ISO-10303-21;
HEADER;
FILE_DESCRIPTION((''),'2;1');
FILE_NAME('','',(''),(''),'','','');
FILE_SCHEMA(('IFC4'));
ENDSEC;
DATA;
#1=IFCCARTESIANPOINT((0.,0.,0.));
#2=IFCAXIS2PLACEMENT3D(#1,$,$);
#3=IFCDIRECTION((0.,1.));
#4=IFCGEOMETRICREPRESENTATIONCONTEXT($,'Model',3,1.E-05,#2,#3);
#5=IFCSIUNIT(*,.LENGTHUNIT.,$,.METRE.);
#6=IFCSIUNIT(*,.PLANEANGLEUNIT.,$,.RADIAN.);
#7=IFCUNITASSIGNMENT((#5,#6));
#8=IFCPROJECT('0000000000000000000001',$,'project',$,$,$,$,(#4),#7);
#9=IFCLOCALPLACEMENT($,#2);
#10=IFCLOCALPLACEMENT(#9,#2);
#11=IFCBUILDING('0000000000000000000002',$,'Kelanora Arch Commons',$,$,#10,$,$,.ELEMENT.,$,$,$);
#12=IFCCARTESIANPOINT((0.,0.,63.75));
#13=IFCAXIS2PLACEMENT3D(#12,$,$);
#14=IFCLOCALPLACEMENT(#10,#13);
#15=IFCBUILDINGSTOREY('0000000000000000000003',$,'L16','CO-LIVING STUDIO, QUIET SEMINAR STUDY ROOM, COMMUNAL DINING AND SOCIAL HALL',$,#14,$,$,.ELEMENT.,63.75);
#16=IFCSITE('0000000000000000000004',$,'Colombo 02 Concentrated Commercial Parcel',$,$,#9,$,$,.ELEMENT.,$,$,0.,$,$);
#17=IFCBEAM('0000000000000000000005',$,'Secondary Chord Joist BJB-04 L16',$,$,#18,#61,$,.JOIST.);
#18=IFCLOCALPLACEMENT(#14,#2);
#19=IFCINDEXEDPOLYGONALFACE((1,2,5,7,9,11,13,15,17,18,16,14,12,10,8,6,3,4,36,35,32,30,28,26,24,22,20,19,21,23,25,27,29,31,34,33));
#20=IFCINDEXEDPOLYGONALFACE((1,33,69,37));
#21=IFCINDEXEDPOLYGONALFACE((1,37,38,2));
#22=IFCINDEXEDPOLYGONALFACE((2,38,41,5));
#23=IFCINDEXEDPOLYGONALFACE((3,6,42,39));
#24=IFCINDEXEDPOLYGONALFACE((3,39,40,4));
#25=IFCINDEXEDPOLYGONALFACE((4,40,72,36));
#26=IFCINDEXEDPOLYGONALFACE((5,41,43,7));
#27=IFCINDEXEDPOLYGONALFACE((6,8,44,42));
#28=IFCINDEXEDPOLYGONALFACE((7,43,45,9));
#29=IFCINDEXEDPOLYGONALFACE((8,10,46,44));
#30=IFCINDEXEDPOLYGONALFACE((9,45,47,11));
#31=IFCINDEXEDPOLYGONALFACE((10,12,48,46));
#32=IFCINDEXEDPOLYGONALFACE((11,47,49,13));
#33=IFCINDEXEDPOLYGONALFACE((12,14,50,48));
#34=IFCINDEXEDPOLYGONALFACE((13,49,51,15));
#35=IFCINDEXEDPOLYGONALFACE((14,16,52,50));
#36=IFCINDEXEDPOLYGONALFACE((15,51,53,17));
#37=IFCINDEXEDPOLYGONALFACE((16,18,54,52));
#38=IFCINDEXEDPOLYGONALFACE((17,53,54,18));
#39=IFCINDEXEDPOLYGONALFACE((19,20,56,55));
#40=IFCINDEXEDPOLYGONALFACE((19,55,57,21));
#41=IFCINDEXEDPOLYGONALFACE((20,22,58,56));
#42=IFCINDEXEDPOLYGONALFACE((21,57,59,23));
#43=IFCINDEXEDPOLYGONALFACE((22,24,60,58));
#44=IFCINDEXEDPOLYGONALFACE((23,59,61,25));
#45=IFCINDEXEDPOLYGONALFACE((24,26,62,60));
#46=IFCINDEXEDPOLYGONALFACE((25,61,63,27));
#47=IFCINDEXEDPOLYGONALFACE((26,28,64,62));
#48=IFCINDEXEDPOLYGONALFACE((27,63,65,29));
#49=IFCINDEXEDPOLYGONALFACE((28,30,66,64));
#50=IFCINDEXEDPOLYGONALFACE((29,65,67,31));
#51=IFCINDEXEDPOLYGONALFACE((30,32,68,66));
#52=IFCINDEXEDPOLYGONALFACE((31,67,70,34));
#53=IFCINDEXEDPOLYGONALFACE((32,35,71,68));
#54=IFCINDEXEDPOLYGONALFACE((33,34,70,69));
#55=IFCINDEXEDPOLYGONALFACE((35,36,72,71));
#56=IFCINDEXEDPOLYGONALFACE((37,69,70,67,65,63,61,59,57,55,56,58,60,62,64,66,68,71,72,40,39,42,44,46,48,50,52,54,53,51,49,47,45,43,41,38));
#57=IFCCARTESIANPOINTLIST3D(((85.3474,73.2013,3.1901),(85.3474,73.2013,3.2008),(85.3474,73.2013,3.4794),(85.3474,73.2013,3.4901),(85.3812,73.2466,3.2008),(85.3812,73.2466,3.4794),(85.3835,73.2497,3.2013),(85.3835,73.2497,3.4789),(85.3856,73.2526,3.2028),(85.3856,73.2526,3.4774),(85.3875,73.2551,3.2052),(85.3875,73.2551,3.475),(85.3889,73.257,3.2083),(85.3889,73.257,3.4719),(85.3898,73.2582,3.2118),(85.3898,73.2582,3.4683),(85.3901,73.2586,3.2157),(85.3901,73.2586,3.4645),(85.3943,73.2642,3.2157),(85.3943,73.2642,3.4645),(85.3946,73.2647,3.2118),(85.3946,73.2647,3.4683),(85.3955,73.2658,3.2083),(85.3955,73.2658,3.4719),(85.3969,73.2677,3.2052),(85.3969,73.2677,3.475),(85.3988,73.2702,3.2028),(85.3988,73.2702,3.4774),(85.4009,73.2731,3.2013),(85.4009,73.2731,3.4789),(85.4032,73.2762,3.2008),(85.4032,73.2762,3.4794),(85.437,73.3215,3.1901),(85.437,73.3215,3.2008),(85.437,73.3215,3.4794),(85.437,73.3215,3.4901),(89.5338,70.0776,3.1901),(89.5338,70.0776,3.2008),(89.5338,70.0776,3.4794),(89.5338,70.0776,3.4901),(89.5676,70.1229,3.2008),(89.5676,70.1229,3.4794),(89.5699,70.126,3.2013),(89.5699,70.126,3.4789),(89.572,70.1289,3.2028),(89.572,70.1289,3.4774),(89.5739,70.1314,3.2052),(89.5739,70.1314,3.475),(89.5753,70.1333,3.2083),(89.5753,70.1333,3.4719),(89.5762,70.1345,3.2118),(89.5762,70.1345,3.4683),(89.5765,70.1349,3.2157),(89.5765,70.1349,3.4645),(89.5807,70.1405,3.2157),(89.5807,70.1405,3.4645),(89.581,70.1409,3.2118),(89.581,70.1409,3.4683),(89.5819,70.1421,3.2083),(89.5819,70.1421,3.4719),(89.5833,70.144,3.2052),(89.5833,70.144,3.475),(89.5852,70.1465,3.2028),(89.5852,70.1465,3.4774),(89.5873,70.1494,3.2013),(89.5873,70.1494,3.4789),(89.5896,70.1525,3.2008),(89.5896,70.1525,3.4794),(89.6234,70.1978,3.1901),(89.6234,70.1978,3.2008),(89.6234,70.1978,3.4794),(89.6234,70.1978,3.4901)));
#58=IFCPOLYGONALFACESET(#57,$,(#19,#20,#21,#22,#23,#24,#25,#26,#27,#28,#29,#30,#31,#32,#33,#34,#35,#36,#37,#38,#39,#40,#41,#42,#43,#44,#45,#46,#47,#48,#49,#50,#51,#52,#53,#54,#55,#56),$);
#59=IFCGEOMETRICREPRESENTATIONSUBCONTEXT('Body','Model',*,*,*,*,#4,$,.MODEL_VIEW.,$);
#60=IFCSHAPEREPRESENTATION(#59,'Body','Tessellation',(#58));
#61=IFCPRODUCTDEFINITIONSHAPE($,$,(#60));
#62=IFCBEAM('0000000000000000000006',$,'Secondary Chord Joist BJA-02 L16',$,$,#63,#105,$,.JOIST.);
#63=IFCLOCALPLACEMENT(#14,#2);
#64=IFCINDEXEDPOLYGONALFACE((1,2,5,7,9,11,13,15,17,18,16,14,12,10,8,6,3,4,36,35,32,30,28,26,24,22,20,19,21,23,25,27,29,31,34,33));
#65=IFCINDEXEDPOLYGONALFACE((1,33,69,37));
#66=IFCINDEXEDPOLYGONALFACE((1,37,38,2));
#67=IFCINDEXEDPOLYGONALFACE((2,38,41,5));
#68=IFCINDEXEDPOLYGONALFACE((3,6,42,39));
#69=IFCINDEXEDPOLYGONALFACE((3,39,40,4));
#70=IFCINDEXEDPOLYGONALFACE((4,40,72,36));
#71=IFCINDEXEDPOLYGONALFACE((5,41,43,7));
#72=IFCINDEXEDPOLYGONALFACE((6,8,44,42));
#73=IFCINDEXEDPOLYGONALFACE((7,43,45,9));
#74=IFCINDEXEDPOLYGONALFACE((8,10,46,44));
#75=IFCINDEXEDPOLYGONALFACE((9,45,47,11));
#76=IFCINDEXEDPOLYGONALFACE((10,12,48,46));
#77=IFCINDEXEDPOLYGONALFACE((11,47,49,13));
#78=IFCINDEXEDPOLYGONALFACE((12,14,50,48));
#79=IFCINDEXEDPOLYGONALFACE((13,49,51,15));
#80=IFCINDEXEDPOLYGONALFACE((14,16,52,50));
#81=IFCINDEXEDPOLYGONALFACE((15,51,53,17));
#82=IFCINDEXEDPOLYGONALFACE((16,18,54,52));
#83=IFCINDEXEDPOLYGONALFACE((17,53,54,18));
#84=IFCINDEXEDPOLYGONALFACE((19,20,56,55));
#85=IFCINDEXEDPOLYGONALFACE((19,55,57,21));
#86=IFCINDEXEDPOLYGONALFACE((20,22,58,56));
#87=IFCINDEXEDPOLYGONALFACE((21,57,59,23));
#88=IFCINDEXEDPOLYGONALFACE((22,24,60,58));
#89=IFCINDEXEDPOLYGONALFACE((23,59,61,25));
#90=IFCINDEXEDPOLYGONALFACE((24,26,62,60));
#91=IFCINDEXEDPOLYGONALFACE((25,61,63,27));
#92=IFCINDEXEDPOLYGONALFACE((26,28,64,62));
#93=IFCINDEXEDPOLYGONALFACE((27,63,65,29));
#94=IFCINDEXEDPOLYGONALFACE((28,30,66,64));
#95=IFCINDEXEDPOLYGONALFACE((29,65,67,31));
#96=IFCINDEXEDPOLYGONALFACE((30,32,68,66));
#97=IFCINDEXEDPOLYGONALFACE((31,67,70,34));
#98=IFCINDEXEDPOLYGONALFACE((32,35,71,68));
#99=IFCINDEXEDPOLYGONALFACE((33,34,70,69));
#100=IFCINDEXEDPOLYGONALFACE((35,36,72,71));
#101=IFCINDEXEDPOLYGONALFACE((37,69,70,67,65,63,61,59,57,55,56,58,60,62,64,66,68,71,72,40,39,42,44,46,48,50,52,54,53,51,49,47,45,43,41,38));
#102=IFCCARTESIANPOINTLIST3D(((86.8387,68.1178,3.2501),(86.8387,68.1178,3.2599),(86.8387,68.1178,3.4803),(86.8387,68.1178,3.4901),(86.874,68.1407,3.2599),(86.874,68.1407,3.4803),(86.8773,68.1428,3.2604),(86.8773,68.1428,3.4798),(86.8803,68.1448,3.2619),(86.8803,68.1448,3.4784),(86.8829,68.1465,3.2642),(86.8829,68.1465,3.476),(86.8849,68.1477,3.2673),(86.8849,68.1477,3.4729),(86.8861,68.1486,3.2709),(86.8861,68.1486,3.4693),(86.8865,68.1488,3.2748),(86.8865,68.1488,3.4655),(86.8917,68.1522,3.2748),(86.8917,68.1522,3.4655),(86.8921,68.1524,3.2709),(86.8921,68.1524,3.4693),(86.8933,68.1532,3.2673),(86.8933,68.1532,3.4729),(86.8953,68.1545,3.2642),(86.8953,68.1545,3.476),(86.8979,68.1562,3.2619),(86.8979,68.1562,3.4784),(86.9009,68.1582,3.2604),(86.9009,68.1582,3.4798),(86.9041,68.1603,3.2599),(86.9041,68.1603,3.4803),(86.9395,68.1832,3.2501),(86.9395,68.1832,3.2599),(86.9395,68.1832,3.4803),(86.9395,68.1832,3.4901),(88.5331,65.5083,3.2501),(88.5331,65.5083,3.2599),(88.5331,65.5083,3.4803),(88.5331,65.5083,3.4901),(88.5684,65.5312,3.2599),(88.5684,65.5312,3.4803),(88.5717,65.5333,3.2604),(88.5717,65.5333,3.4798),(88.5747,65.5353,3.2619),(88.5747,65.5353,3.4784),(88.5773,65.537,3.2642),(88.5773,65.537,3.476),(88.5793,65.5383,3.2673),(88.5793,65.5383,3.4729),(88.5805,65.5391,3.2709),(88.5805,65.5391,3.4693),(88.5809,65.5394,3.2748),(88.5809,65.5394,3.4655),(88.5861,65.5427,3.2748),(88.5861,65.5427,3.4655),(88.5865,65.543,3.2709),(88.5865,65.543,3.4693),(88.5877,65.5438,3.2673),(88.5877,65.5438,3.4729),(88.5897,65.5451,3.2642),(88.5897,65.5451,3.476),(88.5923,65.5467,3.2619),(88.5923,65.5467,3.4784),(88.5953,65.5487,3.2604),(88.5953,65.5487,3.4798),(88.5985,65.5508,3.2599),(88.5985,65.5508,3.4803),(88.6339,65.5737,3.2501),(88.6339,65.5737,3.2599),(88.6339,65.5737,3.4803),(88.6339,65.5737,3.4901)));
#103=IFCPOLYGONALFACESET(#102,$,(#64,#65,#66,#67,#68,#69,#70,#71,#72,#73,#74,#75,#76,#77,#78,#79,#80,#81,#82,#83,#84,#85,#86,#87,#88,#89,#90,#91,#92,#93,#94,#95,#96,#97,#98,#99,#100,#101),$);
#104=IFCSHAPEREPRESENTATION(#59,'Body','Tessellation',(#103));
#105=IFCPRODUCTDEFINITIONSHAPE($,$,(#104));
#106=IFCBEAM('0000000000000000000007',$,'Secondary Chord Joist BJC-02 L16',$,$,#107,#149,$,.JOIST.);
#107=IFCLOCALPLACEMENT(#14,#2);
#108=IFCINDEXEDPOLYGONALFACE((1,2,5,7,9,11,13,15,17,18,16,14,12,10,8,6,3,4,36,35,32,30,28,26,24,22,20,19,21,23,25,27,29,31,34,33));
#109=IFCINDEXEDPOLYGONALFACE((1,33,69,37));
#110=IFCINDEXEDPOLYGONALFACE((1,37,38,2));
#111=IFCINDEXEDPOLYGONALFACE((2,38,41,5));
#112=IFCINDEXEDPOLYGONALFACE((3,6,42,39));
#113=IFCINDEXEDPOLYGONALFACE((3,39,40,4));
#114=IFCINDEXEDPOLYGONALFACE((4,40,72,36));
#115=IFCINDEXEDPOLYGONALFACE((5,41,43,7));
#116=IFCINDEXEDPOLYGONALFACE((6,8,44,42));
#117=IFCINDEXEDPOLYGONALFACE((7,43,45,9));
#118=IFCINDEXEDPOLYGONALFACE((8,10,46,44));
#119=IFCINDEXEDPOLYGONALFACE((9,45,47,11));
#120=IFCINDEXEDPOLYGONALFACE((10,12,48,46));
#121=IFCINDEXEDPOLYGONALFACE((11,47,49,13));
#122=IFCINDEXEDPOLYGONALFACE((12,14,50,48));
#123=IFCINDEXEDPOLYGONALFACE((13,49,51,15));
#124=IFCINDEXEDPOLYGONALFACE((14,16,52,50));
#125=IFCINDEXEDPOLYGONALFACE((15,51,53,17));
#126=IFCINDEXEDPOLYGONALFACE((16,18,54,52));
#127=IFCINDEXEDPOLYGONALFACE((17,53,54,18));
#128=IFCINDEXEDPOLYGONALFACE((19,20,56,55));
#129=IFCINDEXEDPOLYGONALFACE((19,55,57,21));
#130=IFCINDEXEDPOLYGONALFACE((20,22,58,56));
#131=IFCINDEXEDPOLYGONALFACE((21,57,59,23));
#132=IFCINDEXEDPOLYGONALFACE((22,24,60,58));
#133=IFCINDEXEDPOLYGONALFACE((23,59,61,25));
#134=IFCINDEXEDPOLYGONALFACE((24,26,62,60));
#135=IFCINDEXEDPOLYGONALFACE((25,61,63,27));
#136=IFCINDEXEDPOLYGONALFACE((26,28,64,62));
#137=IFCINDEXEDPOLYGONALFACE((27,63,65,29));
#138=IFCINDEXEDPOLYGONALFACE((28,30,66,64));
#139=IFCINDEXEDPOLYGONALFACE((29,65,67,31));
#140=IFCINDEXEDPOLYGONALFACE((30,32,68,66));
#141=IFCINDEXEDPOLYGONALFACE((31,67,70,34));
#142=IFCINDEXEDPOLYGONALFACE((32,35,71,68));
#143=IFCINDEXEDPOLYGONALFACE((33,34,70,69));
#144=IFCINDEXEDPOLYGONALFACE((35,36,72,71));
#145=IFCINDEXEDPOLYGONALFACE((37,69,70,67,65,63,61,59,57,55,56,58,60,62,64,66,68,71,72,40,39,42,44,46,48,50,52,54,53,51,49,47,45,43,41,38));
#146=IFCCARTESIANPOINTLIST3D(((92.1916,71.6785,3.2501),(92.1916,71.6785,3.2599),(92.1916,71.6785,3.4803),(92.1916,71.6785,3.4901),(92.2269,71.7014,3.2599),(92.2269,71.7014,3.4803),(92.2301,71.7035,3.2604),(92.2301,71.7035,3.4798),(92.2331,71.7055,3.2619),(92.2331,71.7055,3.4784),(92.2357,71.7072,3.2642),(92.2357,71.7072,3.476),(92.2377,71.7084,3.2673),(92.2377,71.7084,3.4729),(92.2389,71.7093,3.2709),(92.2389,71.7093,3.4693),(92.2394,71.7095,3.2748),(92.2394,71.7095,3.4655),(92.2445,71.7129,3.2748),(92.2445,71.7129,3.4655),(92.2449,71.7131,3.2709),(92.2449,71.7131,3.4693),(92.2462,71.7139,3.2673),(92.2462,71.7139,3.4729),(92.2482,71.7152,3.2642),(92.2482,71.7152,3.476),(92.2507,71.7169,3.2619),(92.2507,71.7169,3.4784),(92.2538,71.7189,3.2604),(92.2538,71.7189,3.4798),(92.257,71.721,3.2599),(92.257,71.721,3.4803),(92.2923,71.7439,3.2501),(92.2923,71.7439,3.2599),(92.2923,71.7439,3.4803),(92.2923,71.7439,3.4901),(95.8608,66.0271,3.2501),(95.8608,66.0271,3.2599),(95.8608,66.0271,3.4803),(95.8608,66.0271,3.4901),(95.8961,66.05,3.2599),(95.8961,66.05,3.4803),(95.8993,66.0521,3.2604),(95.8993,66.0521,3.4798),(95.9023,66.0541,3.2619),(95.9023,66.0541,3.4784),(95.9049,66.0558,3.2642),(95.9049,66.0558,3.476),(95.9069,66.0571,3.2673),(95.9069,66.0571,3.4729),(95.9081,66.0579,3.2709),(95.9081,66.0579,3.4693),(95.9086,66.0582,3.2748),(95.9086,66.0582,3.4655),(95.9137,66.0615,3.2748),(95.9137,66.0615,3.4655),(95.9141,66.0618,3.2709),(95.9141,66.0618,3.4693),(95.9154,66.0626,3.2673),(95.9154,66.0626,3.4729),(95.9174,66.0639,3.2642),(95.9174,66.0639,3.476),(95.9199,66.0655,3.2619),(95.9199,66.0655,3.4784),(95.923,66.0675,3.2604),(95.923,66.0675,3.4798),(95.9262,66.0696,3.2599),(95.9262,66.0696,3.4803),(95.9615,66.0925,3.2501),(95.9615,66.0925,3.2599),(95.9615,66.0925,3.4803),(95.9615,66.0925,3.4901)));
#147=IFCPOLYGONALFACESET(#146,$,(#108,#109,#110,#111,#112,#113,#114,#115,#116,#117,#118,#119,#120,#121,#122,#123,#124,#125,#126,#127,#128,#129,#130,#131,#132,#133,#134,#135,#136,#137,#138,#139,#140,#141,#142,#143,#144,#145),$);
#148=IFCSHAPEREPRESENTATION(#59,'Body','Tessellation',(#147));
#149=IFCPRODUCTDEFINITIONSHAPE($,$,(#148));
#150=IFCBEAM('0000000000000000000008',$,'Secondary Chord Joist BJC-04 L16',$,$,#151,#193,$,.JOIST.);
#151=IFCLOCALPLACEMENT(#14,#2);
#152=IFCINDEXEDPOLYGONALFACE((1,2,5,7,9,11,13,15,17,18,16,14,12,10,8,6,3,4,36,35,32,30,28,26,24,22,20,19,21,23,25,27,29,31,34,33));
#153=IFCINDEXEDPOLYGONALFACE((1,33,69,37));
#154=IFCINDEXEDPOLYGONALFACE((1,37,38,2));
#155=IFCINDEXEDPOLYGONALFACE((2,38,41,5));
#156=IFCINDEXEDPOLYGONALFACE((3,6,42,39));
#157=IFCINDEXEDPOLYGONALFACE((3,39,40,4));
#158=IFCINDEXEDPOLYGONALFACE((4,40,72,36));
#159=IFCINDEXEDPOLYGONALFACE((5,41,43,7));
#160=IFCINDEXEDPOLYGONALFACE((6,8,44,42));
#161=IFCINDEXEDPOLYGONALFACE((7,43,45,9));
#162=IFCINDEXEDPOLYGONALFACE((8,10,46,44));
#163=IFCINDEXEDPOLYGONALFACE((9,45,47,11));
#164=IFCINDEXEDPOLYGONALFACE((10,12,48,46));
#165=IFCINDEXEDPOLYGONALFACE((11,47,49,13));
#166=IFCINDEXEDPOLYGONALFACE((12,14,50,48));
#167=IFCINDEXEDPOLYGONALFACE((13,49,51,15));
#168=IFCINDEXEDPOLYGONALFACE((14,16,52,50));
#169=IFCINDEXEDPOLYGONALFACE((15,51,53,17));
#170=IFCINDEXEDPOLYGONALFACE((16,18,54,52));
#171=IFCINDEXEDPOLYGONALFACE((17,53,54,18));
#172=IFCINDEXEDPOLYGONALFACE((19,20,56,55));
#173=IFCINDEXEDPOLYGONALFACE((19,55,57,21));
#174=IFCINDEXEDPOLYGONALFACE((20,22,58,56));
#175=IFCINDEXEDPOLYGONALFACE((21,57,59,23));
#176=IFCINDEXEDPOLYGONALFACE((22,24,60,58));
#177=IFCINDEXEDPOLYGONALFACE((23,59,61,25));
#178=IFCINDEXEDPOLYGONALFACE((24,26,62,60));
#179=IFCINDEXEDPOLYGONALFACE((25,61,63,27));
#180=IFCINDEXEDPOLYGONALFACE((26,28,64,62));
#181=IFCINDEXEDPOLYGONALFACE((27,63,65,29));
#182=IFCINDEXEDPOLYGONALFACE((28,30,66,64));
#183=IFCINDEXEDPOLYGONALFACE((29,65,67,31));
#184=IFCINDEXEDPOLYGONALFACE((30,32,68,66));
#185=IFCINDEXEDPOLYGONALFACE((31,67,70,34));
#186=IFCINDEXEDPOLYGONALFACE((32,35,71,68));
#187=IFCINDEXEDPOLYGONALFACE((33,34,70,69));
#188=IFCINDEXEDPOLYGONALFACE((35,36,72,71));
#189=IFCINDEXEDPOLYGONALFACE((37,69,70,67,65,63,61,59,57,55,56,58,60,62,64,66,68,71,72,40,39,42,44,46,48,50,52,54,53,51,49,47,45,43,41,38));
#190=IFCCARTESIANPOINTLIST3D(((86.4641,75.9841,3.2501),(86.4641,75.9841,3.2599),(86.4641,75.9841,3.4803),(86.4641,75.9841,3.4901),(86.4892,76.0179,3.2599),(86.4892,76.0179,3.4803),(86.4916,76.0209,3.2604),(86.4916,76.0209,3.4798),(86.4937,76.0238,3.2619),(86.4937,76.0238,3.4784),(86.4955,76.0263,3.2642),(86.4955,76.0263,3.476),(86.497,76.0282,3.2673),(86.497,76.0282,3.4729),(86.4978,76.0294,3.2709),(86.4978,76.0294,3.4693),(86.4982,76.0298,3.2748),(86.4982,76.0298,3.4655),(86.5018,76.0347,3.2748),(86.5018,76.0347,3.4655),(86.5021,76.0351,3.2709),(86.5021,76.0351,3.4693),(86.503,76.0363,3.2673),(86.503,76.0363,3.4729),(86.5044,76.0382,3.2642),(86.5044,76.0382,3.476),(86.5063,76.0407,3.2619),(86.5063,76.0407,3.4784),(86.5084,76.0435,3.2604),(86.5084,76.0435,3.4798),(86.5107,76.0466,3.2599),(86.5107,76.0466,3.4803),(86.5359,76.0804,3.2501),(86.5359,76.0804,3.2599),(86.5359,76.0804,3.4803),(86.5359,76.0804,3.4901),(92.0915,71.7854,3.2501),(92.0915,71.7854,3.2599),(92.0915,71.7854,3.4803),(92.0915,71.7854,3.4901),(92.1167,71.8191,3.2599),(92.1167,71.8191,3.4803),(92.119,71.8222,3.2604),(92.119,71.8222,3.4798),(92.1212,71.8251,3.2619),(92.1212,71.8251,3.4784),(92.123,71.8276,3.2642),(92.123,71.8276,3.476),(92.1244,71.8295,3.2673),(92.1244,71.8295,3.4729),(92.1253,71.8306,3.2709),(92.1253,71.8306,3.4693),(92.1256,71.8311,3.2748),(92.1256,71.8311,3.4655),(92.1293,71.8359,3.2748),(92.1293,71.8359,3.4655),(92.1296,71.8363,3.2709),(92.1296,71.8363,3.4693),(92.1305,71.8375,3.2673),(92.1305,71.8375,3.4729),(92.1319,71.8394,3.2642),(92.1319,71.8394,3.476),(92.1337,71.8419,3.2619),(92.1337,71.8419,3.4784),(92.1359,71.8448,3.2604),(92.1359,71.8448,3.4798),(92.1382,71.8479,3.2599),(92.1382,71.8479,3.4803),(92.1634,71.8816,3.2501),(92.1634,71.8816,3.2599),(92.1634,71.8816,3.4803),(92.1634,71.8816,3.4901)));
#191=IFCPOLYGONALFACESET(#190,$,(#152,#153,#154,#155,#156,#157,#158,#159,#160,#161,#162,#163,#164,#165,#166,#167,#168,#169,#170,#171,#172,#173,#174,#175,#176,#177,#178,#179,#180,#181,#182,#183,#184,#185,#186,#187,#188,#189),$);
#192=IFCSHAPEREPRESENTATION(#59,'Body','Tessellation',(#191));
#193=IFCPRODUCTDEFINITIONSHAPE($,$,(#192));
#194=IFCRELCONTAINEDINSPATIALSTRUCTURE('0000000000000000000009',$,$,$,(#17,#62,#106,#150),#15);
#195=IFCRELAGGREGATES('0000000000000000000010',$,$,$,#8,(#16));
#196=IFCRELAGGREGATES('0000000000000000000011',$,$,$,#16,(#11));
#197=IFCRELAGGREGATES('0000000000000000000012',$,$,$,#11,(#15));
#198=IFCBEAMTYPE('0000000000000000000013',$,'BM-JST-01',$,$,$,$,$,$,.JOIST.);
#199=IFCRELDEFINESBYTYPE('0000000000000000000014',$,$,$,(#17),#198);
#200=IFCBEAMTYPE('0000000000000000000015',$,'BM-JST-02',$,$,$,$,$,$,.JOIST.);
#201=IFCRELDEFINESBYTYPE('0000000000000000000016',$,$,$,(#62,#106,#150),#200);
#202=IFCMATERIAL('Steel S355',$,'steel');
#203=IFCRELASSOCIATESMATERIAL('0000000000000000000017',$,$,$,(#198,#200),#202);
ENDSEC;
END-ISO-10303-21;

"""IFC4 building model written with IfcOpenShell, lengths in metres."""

from ifc_helpers import new_model, si_unit, direction, frame, origin, origin_2d, place, context, subcontext, project, spatial, i_section, extrude, material, material_profile, profile_set, type_object, element, save


model = new_model("IFC4")

# Units and contexts
model_context = context("Model", 3, precision=1e-05, world=origin(), true_north=direction((0.0, 1.0)))
body_context = subcontext(model_context, "Body", "Model", "MODEL_VIEW")
ifc_project = project(units=[si_unit("LENGTHUNIT", "METRE"), si_unit("PLANEANGLEUNIT", "RADIAN")], contexts=[model_context])

# Site, building, storey
site_placement = place(None, origin())
site = spatial("IfcSite", under=ifc_project, at=site_placement, Name="Colombo 02 Concentrated Commercial Parcel", CompositionType="ELEMENT", RefElevation=0.0)
building_placement = place(site_placement, origin())
building = spatial("IfcBuilding", under=site, at=building_placement, Name="Kelanora Arch Commons", CompositionType="ELEMENT")
storey_placement = place(building_placement, frame((0.0, 0.0, 63.75)))
storey = spatial("IfcBuildingStorey", under=building, at=storey_placement, Name="L16", Description="CO-LIVING STUDIO, QUIET SEMINAR STUDY ROOM, COMMUNAL DINING AND SOCIAL HALL", CompositionType="ELEMENT", Elevation=63.75)

# Beams
ifc_material_1 = material(Name="Steel S355", Category="steel")
ifc_material_profile_1 = material_profile(ifc_material_1, i_section(OverallWidth=0.1499, OverallDepth=0.3, WebThickness=0.0071, FlangeThickness=0.0107, FilletRadius=0.0149, at=origin_2d()), Name="IPE300")
ifc_profile_set_1 = profile_set([ifc_material_profile_1], Name="Steel S355")
beam_type_1 = type_object("IfcBeamType", Name="BM-JST-01", PredefinedType="JOIST", material=ifc_profile_set_1)
beam_1_placement = place(storey_placement, frame((89.5786, 70.1377, 3.3401), z_axis=(-0.801478, 0.598024, 0.0), x_axis=(-0.598024, -0.801478, 0.0)))
element("IfcBeam", 1, at=beam_1_placement, inside=storey, type_object=beam_type_1, Name="Secondary Chord Joist BJB-04 L16", PredefinedType="JOIST", context=body_context, shape_type="SweptSolid", body=[
    extrude(i_section(OverallWidth=0.1499, OverallDepth=0.3, WebThickness=0.0071, FlangeThickness=0.0107, FilletRadius=0.0149, at=origin_2d()), origin(), (0.0, 0.0, 1.0), 5.2234),
])
ifc_material_profile_2 = material_profile(ifc_material_1, i_section(OverallWidth=0.1201, OverallDepth=0.24, WebThickness=0.0061, FlangeThickness=0.0098, FilletRadius=0.0149, at=origin_2d()), Name="IPE240")
ifc_profile_set_2 = profile_set([ifc_material_profile_2], Name="Steel S355")
beam_type_2 = type_object("IfcBeamType", Name="BM-JST-02", PredefinedType="JOIST", material=ifc_profile_set_2)
beam_2_placement = place(storey_placement, frame((88.5835, 65.541, 3.3701), z_axis=(-0.544591, 0.838702, 0.0), x_axis=(-0.838702, -0.544591, 0.0)))
element("IfcBeam", 2, at=beam_2_placement, inside=storey, type_object=beam_type_2, Name="Secondary Chord Joist BJA-02 L16", PredefinedType="JOIST", context=body_context, shape_type="SweptSolid", body=[
    extrude(i_section(OverallWidth=0.1201, OverallDepth=0.24, WebThickness=0.0061, FlangeThickness=0.0098, FilletRadius=0.0149, at=origin_2d()), origin(), (0.0, 0.0, 1.0), 3.1113),
])
beam_3_placement = place(storey_placement, frame((95.9111, 66.0598, 3.3701), z_axis=(-0.54455, 0.838728, 0.0), x_axis=(-0.838728, -0.54455, 0.0)))
element("IfcBeam", 3, at=beam_3_placement, inside=storey, type_object=beam_type_2, Name="Secondary Chord Joist BJC-02 L16", PredefinedType="JOIST", context=body_context, shape_type="SweptSolid", body=[
    extrude(i_section(OverallWidth=0.1201, OverallDepth=0.24, WebThickness=0.0061, FlangeThickness=0.0098, FilletRadius=0.0149, at=origin_2d()), origin(), (0.0, 0.0, 1.0), 6.738),
])
beam_4_placement = place(storey_placement, frame((92.1274, 71.8335, 3.3701), z_axis=(-0.801491, 0.598006, 0.0), x_axis=(-0.598006, -0.801491, 0.0)))
element("IfcBeam", 4, at=beam_4_placement, inside=storey, type_object=beam_type_2, Name="Secondary Chord Joist BJC-04 L16", PredefinedType="JOIST", context=body_context, shape_type="SweptSolid", body=[
    extrude(i_section(OverallWidth=0.1201, OverallDepth=0.24, WebThickness=0.0061, FlangeThickness=0.0098, FilletRadius=0.0149, at=origin_2d()), origin(), (0.0, 0.0, 1.0), 7.0212),
])

save(model, "model.ifc")
